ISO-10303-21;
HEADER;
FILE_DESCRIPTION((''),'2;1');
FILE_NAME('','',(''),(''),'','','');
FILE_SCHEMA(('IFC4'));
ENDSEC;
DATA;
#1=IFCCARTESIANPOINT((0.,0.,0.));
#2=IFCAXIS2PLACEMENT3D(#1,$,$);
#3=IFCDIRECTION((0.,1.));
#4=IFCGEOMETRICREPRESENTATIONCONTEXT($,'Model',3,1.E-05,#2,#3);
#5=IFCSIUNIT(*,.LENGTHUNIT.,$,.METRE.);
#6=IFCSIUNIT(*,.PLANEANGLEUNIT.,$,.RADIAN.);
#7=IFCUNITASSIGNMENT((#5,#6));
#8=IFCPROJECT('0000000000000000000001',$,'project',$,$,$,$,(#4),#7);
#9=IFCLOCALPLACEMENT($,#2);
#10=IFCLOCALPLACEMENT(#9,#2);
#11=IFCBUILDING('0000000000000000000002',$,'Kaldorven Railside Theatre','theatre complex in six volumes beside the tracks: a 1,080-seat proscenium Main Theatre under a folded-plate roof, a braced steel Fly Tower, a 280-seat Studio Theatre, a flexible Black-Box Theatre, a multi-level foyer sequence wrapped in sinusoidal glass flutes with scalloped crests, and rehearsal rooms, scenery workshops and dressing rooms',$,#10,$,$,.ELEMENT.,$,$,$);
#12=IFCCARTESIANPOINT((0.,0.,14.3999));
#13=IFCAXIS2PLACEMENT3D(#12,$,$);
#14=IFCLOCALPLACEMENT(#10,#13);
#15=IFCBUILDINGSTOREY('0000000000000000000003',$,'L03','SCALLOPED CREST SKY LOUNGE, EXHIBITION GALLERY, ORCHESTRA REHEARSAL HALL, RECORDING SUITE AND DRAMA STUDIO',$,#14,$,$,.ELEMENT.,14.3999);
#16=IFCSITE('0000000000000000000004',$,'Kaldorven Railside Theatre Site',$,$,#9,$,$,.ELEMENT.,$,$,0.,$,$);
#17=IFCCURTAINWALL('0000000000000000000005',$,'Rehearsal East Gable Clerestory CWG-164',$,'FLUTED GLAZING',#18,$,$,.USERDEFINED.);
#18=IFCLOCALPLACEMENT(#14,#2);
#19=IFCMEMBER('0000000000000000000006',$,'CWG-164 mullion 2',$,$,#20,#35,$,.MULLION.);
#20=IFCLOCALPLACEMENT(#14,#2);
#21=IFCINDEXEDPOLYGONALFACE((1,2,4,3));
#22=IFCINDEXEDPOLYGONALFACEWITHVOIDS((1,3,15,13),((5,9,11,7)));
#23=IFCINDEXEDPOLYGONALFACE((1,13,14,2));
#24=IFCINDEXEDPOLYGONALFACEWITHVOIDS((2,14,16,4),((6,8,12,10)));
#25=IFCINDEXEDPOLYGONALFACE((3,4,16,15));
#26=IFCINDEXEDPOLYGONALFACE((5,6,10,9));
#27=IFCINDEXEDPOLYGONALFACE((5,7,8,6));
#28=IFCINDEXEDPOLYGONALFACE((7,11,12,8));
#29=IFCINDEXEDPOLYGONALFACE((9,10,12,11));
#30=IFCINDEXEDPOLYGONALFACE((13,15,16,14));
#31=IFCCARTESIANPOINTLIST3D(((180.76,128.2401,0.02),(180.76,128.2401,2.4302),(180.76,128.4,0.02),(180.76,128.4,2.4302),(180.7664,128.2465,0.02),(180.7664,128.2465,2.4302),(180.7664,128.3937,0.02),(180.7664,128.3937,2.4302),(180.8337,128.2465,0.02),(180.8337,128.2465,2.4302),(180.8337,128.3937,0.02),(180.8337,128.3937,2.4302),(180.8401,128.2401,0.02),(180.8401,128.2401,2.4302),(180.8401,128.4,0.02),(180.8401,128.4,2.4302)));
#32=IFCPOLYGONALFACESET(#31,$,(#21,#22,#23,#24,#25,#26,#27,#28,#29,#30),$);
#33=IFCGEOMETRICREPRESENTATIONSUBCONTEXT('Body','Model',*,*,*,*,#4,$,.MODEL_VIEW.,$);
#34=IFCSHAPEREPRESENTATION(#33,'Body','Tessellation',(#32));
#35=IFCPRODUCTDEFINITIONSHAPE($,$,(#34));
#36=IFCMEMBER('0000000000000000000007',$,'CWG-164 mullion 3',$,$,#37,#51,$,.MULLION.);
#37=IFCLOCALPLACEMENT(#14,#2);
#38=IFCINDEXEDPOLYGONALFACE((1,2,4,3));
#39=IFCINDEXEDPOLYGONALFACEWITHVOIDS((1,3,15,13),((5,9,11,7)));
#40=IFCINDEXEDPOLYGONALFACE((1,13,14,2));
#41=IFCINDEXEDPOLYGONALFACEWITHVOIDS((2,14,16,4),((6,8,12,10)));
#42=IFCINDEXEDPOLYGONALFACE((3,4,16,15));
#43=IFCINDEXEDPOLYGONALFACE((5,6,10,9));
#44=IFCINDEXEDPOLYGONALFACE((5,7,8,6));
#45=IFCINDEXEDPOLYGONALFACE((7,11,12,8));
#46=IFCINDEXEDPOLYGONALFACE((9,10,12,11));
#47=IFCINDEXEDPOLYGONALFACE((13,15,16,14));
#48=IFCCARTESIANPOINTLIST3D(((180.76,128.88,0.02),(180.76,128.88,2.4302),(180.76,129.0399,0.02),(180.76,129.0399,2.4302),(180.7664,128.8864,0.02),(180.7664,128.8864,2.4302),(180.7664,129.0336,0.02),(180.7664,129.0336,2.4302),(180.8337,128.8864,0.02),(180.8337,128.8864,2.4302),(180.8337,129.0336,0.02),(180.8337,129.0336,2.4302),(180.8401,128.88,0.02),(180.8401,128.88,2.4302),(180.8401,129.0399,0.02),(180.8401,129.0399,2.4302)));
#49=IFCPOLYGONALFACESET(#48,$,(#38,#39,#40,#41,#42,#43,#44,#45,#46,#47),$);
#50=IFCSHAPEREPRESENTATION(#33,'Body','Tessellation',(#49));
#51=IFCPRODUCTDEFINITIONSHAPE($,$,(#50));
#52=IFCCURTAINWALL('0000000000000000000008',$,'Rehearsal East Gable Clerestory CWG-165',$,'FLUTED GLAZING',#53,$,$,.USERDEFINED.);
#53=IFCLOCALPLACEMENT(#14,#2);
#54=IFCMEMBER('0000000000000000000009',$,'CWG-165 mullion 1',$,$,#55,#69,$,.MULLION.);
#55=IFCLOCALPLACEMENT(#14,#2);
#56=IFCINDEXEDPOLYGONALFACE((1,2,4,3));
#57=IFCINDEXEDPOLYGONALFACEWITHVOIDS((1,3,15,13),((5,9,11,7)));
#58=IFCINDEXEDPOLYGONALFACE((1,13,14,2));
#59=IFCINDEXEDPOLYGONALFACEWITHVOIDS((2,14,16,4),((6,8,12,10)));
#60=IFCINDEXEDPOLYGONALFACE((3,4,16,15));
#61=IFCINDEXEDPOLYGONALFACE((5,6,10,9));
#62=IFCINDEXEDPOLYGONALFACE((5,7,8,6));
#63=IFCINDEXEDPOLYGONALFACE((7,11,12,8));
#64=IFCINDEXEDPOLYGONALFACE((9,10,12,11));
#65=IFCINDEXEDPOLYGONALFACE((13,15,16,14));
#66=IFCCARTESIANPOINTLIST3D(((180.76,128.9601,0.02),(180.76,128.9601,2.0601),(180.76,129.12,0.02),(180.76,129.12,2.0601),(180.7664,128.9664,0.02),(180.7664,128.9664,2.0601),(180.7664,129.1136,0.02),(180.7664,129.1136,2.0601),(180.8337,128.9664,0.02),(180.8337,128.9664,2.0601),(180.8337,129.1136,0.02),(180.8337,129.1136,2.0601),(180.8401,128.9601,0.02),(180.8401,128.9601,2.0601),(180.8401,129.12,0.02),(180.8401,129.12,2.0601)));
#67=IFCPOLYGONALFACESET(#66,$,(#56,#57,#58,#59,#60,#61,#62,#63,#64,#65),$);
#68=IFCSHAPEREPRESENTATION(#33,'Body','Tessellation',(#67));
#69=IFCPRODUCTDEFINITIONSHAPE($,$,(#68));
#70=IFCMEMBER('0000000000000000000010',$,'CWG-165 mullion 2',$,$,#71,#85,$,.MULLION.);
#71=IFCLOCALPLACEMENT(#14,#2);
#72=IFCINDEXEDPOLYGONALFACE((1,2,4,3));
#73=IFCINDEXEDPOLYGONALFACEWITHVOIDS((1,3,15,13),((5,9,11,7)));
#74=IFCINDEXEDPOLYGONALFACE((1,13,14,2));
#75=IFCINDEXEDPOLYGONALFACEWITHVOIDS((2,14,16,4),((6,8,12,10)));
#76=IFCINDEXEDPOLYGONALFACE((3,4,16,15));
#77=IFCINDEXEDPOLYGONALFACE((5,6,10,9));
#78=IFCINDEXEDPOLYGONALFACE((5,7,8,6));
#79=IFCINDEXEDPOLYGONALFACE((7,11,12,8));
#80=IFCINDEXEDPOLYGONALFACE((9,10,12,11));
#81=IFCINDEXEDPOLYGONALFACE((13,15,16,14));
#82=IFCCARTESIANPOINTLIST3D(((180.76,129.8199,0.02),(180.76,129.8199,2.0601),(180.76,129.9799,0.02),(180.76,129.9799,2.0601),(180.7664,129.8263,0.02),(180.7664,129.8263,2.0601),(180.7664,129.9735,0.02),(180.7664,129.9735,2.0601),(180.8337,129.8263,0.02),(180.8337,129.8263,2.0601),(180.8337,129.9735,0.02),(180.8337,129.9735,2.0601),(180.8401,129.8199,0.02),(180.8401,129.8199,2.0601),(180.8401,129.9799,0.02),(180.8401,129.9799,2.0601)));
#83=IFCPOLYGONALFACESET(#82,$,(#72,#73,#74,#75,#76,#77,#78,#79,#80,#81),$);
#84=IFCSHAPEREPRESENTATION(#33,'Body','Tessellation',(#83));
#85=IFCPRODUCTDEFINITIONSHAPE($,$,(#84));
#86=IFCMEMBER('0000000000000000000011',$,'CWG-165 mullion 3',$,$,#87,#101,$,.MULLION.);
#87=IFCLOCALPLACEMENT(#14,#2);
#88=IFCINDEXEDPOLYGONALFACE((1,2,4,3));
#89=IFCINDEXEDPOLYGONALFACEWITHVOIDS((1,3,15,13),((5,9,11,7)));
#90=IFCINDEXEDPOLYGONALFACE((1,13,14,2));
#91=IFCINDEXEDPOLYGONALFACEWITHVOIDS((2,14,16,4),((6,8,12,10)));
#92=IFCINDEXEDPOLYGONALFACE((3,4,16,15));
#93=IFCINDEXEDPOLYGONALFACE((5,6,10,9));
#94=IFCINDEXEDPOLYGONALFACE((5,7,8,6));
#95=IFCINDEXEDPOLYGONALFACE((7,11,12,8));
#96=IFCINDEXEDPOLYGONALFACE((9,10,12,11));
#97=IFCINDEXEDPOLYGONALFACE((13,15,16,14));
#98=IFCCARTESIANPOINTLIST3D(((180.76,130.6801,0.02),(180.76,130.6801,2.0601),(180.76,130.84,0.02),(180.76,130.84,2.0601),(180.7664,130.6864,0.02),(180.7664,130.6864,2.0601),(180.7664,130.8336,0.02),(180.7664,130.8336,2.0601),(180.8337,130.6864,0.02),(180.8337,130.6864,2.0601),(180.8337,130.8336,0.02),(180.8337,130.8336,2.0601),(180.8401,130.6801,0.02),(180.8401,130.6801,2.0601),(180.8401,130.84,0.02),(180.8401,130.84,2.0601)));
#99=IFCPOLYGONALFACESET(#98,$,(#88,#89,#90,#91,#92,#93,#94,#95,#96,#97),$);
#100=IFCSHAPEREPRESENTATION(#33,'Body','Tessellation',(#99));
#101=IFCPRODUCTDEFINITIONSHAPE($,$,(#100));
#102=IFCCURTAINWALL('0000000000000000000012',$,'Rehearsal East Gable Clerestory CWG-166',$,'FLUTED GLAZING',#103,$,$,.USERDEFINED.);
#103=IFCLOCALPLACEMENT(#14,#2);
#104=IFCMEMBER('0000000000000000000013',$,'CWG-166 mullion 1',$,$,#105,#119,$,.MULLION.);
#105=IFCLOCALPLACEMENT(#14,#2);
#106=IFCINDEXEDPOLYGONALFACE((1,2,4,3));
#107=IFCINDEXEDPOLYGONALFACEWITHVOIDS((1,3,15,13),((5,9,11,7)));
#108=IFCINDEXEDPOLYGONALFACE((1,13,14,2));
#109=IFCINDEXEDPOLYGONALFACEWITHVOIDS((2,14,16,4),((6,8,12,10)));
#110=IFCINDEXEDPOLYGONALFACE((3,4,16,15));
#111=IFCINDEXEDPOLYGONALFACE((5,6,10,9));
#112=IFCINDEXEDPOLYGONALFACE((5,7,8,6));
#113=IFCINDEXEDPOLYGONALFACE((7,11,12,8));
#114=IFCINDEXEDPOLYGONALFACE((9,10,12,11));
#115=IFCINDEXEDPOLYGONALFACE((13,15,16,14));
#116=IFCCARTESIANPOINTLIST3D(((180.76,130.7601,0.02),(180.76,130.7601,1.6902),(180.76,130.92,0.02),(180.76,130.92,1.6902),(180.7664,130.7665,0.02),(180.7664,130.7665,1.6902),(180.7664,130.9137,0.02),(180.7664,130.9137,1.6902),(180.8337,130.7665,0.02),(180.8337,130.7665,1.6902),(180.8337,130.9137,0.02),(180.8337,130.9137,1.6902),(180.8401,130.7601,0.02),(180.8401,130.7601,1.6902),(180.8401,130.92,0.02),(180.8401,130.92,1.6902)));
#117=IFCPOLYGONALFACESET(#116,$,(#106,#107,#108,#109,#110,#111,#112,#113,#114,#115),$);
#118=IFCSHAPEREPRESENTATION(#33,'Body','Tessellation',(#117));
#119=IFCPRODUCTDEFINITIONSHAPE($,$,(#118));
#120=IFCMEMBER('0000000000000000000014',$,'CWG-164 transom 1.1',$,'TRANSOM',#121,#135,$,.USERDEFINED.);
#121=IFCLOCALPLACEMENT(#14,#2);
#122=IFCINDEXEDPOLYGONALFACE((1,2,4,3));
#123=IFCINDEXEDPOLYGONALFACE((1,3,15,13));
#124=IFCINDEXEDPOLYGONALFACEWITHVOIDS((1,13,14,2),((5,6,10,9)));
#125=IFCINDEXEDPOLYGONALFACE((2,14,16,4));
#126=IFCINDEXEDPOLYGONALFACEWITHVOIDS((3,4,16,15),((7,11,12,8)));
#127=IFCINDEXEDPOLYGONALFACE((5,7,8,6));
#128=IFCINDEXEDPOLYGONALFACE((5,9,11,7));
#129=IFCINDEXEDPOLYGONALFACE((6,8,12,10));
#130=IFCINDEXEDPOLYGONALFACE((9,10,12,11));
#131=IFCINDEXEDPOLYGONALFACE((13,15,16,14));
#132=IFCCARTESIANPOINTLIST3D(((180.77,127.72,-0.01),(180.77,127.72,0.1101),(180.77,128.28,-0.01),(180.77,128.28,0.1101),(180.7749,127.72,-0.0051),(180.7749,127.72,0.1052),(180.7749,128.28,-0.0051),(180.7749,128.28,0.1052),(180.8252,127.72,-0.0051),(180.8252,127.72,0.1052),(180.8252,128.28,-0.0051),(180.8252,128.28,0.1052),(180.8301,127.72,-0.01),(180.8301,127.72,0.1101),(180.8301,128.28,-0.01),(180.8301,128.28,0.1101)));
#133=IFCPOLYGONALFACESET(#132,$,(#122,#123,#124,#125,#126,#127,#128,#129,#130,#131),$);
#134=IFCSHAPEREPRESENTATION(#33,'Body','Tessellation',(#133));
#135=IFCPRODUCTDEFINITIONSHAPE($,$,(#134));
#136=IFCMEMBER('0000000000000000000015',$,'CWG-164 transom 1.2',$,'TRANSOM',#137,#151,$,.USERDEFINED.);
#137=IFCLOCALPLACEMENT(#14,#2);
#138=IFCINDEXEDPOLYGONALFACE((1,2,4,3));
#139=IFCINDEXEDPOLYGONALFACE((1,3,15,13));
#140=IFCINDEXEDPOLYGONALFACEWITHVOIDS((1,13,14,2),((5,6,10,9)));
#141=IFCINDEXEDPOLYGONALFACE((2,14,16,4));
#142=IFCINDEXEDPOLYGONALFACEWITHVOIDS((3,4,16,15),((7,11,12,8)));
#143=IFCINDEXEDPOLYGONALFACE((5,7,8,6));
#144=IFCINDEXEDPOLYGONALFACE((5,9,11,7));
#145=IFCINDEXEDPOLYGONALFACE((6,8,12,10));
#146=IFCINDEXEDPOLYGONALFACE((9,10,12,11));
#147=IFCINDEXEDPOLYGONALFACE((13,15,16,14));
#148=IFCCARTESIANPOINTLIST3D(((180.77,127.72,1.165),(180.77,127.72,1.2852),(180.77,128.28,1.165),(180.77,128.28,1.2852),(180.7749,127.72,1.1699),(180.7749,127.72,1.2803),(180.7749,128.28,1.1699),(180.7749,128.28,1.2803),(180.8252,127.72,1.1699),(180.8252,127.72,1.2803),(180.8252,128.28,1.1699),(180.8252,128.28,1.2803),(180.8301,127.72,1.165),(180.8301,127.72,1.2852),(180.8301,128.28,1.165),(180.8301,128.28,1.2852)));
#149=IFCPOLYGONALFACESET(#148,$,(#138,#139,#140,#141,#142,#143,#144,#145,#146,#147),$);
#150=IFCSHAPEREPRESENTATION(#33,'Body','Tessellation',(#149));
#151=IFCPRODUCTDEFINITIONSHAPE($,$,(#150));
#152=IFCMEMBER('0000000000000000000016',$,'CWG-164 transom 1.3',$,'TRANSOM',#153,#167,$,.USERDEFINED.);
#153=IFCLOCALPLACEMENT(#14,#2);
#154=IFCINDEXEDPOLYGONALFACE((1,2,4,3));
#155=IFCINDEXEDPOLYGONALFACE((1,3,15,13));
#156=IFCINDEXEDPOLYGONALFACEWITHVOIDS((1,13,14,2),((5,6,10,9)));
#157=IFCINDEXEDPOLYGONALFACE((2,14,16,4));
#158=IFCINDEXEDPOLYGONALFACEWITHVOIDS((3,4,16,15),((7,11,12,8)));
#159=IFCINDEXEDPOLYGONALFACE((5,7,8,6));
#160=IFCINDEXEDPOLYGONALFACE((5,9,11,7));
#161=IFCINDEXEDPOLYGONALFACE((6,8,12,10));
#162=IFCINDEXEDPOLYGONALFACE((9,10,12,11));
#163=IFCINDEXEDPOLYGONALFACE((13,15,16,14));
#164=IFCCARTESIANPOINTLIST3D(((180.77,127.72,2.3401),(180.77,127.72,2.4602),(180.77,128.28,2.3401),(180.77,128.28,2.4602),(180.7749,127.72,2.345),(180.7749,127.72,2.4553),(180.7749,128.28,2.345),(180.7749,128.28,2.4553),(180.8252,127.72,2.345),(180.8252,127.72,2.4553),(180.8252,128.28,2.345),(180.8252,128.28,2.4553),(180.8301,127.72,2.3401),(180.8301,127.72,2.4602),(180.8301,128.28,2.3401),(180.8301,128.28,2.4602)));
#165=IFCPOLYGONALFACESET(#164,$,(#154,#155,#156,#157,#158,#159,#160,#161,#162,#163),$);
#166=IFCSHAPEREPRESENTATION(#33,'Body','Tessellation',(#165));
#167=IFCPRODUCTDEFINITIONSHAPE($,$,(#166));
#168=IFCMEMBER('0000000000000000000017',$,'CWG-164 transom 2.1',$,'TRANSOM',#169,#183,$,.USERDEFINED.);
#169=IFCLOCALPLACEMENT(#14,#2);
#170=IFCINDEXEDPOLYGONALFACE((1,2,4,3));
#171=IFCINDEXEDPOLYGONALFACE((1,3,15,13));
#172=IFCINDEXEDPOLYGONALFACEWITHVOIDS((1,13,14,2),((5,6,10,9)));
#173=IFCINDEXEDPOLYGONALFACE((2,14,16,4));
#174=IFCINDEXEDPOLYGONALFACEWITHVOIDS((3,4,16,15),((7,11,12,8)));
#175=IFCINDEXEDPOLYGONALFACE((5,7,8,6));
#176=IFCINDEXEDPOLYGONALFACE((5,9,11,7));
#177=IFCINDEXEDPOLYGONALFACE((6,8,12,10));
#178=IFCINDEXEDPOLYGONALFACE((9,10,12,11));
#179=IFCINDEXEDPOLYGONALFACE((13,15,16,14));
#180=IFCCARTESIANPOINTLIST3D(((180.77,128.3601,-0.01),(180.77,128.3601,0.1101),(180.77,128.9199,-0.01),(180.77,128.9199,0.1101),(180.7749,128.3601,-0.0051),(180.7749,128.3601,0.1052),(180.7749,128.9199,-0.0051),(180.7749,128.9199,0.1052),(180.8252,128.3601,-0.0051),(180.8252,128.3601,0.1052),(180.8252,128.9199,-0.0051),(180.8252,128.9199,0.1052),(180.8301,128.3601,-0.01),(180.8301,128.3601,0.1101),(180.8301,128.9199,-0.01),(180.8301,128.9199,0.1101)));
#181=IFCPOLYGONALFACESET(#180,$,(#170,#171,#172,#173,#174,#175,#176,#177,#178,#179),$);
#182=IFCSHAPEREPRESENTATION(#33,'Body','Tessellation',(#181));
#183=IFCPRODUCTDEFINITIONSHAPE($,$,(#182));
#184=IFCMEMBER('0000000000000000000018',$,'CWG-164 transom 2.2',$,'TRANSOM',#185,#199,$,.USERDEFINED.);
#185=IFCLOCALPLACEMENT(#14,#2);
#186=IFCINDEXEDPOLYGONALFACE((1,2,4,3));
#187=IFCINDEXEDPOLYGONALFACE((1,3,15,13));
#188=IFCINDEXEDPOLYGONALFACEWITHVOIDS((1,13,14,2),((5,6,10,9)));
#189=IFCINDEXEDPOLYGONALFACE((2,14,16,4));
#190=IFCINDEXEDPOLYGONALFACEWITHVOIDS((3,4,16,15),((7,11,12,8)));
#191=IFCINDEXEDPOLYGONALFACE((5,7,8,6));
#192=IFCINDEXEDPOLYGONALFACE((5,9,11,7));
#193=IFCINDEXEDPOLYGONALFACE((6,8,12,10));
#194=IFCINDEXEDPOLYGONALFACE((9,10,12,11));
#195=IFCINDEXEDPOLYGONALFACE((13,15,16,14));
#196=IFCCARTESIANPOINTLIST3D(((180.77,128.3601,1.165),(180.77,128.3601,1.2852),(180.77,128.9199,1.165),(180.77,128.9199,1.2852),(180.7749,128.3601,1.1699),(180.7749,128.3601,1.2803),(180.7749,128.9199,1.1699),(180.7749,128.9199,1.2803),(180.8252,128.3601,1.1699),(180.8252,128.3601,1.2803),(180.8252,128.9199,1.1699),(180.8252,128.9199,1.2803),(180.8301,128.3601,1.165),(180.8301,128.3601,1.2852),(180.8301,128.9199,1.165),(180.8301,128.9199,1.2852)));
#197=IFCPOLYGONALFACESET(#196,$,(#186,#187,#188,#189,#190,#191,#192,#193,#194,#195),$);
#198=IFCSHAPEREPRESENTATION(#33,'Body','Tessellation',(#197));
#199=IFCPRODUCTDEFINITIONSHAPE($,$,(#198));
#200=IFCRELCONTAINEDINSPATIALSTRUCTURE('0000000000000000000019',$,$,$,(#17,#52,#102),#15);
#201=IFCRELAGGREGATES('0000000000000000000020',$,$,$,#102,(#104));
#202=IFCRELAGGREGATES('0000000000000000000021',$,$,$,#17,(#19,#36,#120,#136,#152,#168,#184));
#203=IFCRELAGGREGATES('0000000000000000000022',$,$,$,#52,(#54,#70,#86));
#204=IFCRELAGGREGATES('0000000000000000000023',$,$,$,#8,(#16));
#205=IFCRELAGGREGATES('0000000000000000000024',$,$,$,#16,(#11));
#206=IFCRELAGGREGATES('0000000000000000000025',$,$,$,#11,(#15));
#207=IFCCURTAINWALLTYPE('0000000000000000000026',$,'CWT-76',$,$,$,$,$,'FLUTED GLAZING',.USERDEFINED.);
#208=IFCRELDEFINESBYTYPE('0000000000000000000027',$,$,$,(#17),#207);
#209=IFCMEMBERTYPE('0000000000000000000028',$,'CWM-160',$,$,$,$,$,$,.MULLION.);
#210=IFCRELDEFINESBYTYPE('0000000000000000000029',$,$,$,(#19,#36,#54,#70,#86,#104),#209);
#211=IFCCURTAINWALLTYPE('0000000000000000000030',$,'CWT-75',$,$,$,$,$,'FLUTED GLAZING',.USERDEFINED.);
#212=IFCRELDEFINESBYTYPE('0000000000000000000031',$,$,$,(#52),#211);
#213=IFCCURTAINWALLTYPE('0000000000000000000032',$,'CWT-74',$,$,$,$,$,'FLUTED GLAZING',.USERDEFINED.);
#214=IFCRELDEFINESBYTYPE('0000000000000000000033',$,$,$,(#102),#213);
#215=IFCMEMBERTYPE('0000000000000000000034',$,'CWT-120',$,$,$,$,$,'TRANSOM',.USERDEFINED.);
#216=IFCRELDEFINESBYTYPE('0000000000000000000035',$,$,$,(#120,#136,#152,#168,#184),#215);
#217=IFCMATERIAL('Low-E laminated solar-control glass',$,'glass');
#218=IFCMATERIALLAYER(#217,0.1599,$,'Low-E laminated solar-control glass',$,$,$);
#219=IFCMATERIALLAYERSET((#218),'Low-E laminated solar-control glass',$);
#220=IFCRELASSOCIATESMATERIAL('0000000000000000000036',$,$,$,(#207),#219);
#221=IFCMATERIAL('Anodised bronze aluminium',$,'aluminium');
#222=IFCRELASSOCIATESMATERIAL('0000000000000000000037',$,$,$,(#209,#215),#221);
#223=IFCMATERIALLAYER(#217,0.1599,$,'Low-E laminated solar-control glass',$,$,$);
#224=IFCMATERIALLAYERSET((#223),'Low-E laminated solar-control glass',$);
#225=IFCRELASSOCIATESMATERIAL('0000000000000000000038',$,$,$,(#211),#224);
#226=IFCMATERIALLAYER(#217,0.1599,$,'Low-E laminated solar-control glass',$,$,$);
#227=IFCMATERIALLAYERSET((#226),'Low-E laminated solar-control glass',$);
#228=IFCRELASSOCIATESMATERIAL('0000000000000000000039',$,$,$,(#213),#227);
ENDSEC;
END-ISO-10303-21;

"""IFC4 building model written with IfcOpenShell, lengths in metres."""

from ifc_helpers import new_model, si_unit, direction, frame, origin, origin_2d, place, context, subcontext, project, spatial, hollow_rectangle, extrude, material, layer, layer_set, material_profile, profile_set, type_object, element, aggregate, save


model = new_model("IFC4")

# Units and contexts
model_context = context("Model", 3, precision=1e-05, world=origin(), true_north=direction((0.0, 1.0)))
body_context = subcontext(model_context, "Body", "Model", "MODEL_VIEW")
ifc_project = project(units=[si_unit("LENGTHUNIT", "METRE"), si_unit("PLANEANGLEUNIT", "RADIAN")], contexts=[model_context])

# Site, building, storey
site_placement = place(None, origin())
site = spatial("IfcSite", under=ifc_project, at=site_placement, Name="Kaldorven Railside Theatre Site", CompositionType="ELEMENT", RefElevation=0.0)
building_placement = place(site_placement, origin())
building = spatial("IfcBuilding", under=site, at=building_placement, Name="Kaldorven Railside Theatre", Description="theatre complex in six volumes beside the tracks: a 1,080-seat proscenium Main Theatre under a folded-plate roof, a braced steel Fly Tower, a 280-seat Studio Theatre, a flexible Black-Box Theatre, a multi-level foyer sequence wrapped in sinusoidal glass flutes with scalloped crests, and rehearsal rooms, scenery workshops and dressing rooms", CompositionType="ELEMENT")
storey_placement = place(building_placement, frame((0.0, 0.0, 14.3999)))
storey = spatial("IfcBuildingStorey", under=building, at=storey_placement, Name="L03", Description="SCALLOPED CREST SKY LOUNGE, EXHIBITION GALLERY, ORCHESTRA REHEARSAL HALL, RECORDING SUITE AND DRAMA STUDIO", CompositionType="ELEMENT", Elevation=14.3999)

# Curtain walls, members
ifc_material_1 = material(Name="Low-E laminated solar-control glass", Category="glass")
ifc_layer_1 = layer(ifc_material_1, 0.1599, Name="Low-E laminated solar-control glass")
ifc_layer_set_1 = layer_set([ifc_layer_1], Name="Low-E laminated solar-control glass")
curtain_wall_type_1 = type_object("IfcCurtainWallType", Name="CWT-76", ElementType="FLUTED GLAZING", PredefinedType="USERDEFINED", material=ifc_layer_set_1)
curtain_wall_1_placement = place(storey_placement, origin())
curtain_wall_1 = element("IfcCurtainWall", 1, at=curtain_wall_1_placement, inside=storey, type_object=curtain_wall_type_1, Name="Rehearsal East Gable Clerestory CWG-164", ObjectType="FLUTED GLAZING", PredefinedType="USERDEFINED")
ifc_material_2 = material(Name="Anodised bronze aluminium", Category="aluminium")
ifc_material_profile_1 = material_profile(ifc_material_2, hollow_rectangle(XDim=0.0801, YDim=0.1599, WallThickness=0.0063, at=origin_2d()), Name="RHS 160x80x6.3")
ifc_profile_set_1 = profile_set([ifc_material_profile_1], Name="Anodised bronze aluminium")
member_type_1 = type_object("IfcMemberType", Name="CWM-160", PredefinedType="MULLION", material=ifc_profile_set_1)
member_1_placement = place(storey_placement, frame((180.8, 128.3201, 0.02), z_axis=(0.0, 0.0, 1.0), x_axis=(-1.0, 0.0, 0.0)))
member_1 = element("IfcMember", 2, at=member_1_placement, type_object=member_type_1, Name="CWG-164 mullion 2", PredefinedType="MULLION", context=body_context, shape_type="SweptSolid", body=[
    extrude(hollow_rectangle(XDim=0.0801, YDim=0.1599, WallThickness=0.0063, at=origin_2d()), origin(), (0.0, 0.0, 1.0), 2.4102),
])
member_2_placement = place(storey_placement, frame((180.8, 128.96, 0.02), z_axis=(0.0, 0.0, 1.0), x_axis=(-1.0, 0.0, 0.0)))
member_2 = element("IfcMember", 3, at=member_2_placement, type_object=member_type_1, Name="CWG-164 mullion 3", PredefinedType="MULLION", context=body_context, shape_type="SweptSolid", body=[
    extrude(hollow_rectangle(XDim=0.0801, YDim=0.1599, WallThickness=0.0063, at=origin_2d()), origin(), (0.0, 0.0, 1.0), 2.4102),
])
ifc_layer_2 = layer(ifc_material_1, 0.1599, Name="Low-E laminated solar-control glass")
ifc_layer_set_2 = layer_set([ifc_layer_2], Name="Low-E laminated solar-control glass")
curtain_wall_type_2 = type_object("IfcCurtainWallType", Name="CWT-75", ElementType="FLUTED GLAZING", PredefinedType="USERDEFINED", material=ifc_layer_set_2)
curtain_wall_2_placement = place(storey_placement, origin())
curtain_wall_2 = element("IfcCurtainWall", 4, at=curtain_wall_2_placement, inside=storey, type_object=curtain_wall_type_2, Name="Rehearsal East Gable Clerestory CWG-165", ObjectType="FLUTED GLAZING", PredefinedType="USERDEFINED")
member_3_placement = place(storey_placement, frame((180.8, 129.04, 0.02), z_axis=(0.0, 0.0, 1.0), x_axis=(-1.0, 0.0, 0.0)))
member_3 = element("IfcMember", 5, at=member_3_placement, type_object=member_type_1, Name="CWG-165 mullion 1", PredefinedType="MULLION", context=body_context, shape_type="SweptSolid", body=[
    extrude(hollow_rectangle(XDim=0.0801, YDim=0.1599, WallThickness=0.0063, at=origin_2d()), origin(), (0.0, 0.0, 1.0), 2.04),
])
member_4_placement = place(storey_placement, frame((180.8, 129.8999, 0.02), z_axis=(0.0, 0.0, 1.0), x_axis=(-1.0, 0.0, 0.0)))
member_4 = element("IfcMember", 6, at=member_4_placement, type_object=member_type_1, Name="CWG-165 mullion 2", PredefinedType="MULLION", context=body_context, shape_type="SweptSolid", body=[
    extrude(hollow_rectangle(XDim=0.0801, YDim=0.1599, WallThickness=0.0063, at=origin_2d()), origin(), (0.0, 0.0, 1.0), 2.04),
])
member_5_placement = place(storey_placement, frame((180.8, 130.76, 0.02), z_axis=(0.0, 0.0, 1.0), x_axis=(-1.0, 0.0, 0.0)))
member_5 = element("IfcMember", 7, at=member_5_placement, type_object=member_type_1, Name="CWG-165 mullion 3", PredefinedType="MULLION", context=body_context, shape_type="SweptSolid", body=[
    extrude(hollow_rectangle(XDim=0.0801, YDim=0.1599, WallThickness=0.0063, at=origin_2d()), origin(), (0.0, 0.0, 1.0), 2.04),
])

# Curtain wall, member
ifc_layer_3 = layer(ifc_material_1, 0.1599, Name="Low-E laminated solar-control glass")
ifc_layer_set_3 = layer_set([ifc_layer_3], Name="Low-E laminated solar-control glass")
curtain_wall_type_3 = type_object("IfcCurtainWallType", Name="CWT-74", ElementType="FLUTED GLAZING", PredefinedType="USERDEFINED", material=ifc_layer_set_3)
curtain_wall_3_placement = place(storey_placement, origin())
curtain_wall_3 = element("IfcCurtainWall", 8, at=curtain_wall_3_placement, inside=storey, type_object=curtain_wall_type_3, Name="Rehearsal East Gable Clerestory CWG-166", ObjectType="FLUTED GLAZING", PredefinedType="USERDEFINED")
member_6_placement = place(storey_placement, frame((180.8, 130.8401, 0.02), z_axis=(0.0, 0.0, 1.0), x_axis=(-1.0, 0.0, 0.0)))
member_6 = element("IfcMember", 9, at=member_6_placement, type_object=member_type_1, Name="CWG-166 mullion 1", PredefinedType="MULLION", context=body_context, shape_type="SweptSolid", body=[
    extrude(hollow_rectangle(XDim=0.0801, YDim=0.1599, WallThickness=0.0063, at=origin_2d()), origin(), (0.0, 0.0, 1.0), 1.6702),
])
aggregate(curtain_wall_3, [member_6])

# Members
ifc_material_profile_2 = material_profile(ifc_material_2, hollow_rectangle(XDim=0.0601, YDim=0.1201, WallThickness=0.0049, at=origin_2d()), Name="RHS 120x60x5")
ifc_profile_set_2 = profile_set([ifc_material_profile_2], Name="Anodised bronze aluminium")
member_type_2 = type_object("IfcMemberType", Name="CWT-120", ElementType="TRANSOM", PredefinedType="USERDEFINED", material=ifc_profile_set_2)
member_7_placement = place(storey_placement, frame((180.8, 127.72, 0.05), z_axis=(0.0, 1.0, 0.0), x_axis=(-1.0, 0.0, 0.0)))
member_7 = element("IfcMember", 10, at=member_7_placement, type_object=member_type_2, Name="CWG-164 transom 1.1", ObjectType="TRANSOM", PredefinedType="USERDEFINED", context=body_context, shape_type="SweptSolid", body=[
    extrude(hollow_rectangle(XDim=0.0601, YDim=0.1201, WallThickness=0.0049, at=origin_2d()), origin(), (0.0, 0.0, 1.0), 0.5601),
])
member_8_placement = place(storey_placement, frame((180.8, 127.72, 1.2251), z_axis=(0.0, 1.0, 0.0), x_axis=(-1.0, 0.0, 0.0)))
member_8 = element("IfcMember", 11, at=member_8_placement, type_object=member_type_2, Name="CWG-164 transom 1.2", ObjectType="TRANSOM", PredefinedType="USERDEFINED", context=body_context, shape_type="SweptSolid", body=[
    extrude(hollow_rectangle(XDim=0.0601, YDim=0.1201, WallThickness=0.0049, at=origin_2d()), origin(), (0.0, 0.0, 1.0), 0.5601),
])
member_9_placement = place(storey_placement, frame((180.8, 127.72, 2.4001), z_axis=(0.0, 1.0, 0.0), x_axis=(-1.0, 0.0, 0.0)))
member_9 = element("IfcMember", 12, at=member_9_placement, type_object=member_type_2, Name="CWG-164 transom 1.3", ObjectType="TRANSOM", PredefinedType="USERDEFINED", context=body_context, shape_type="SweptSolid", body=[
    extrude(hollow_rectangle(XDim=0.0601, YDim=0.1201, WallThickness=0.0049, at=origin_2d()), origin(), (0.0, 0.0, 1.0), 0.5601),
])
member_10_placement = place(storey_placement, frame((180.8, 128.3601, 0.05), z_axis=(0.0, 1.0, 0.0), x_axis=(-1.0, 0.0, 0.0)))
member_10 = element("IfcMember", 13, at=member_10_placement, type_object=member_type_2, Name="CWG-164 transom 2.1", ObjectType="TRANSOM", PredefinedType="USERDEFINED", context=body_context, shape_type="SweptSolid", body=[
    extrude(hollow_rectangle(XDim=0.0601, YDim=0.1201, WallThickness=0.0049, at=origin_2d()), origin(), (0.0, 0.0, 1.0), 0.5598),
])
member_11_placement = place(storey_placement, frame((180.8, 128.3601, 1.2251), z_axis=(0.0, 1.0, 0.0), x_axis=(-1.0, 0.0, 0.0)))
member_11 = element("IfcMember", 14, at=member_11_placement, type_object=member_type_2, Name="CWG-164 transom 2.2", ObjectType="TRANSOM", PredefinedType="USERDEFINED", context=body_context, shape_type="SweptSolid", body=[
    extrude(hollow_rectangle(XDim=0.0601, YDim=0.1201, WallThickness=0.0049, at=origin_2d()), origin(), (0.0, 0.0, 1.0), 0.5598),
])

aggregate(curtain_wall_1, [member_1, member_2, member_7, member_8, member_9, member_10, member_11])
aggregate(curtain_wall_2, [member_3, member_4, member_5])

save(model, "model.ifc")
